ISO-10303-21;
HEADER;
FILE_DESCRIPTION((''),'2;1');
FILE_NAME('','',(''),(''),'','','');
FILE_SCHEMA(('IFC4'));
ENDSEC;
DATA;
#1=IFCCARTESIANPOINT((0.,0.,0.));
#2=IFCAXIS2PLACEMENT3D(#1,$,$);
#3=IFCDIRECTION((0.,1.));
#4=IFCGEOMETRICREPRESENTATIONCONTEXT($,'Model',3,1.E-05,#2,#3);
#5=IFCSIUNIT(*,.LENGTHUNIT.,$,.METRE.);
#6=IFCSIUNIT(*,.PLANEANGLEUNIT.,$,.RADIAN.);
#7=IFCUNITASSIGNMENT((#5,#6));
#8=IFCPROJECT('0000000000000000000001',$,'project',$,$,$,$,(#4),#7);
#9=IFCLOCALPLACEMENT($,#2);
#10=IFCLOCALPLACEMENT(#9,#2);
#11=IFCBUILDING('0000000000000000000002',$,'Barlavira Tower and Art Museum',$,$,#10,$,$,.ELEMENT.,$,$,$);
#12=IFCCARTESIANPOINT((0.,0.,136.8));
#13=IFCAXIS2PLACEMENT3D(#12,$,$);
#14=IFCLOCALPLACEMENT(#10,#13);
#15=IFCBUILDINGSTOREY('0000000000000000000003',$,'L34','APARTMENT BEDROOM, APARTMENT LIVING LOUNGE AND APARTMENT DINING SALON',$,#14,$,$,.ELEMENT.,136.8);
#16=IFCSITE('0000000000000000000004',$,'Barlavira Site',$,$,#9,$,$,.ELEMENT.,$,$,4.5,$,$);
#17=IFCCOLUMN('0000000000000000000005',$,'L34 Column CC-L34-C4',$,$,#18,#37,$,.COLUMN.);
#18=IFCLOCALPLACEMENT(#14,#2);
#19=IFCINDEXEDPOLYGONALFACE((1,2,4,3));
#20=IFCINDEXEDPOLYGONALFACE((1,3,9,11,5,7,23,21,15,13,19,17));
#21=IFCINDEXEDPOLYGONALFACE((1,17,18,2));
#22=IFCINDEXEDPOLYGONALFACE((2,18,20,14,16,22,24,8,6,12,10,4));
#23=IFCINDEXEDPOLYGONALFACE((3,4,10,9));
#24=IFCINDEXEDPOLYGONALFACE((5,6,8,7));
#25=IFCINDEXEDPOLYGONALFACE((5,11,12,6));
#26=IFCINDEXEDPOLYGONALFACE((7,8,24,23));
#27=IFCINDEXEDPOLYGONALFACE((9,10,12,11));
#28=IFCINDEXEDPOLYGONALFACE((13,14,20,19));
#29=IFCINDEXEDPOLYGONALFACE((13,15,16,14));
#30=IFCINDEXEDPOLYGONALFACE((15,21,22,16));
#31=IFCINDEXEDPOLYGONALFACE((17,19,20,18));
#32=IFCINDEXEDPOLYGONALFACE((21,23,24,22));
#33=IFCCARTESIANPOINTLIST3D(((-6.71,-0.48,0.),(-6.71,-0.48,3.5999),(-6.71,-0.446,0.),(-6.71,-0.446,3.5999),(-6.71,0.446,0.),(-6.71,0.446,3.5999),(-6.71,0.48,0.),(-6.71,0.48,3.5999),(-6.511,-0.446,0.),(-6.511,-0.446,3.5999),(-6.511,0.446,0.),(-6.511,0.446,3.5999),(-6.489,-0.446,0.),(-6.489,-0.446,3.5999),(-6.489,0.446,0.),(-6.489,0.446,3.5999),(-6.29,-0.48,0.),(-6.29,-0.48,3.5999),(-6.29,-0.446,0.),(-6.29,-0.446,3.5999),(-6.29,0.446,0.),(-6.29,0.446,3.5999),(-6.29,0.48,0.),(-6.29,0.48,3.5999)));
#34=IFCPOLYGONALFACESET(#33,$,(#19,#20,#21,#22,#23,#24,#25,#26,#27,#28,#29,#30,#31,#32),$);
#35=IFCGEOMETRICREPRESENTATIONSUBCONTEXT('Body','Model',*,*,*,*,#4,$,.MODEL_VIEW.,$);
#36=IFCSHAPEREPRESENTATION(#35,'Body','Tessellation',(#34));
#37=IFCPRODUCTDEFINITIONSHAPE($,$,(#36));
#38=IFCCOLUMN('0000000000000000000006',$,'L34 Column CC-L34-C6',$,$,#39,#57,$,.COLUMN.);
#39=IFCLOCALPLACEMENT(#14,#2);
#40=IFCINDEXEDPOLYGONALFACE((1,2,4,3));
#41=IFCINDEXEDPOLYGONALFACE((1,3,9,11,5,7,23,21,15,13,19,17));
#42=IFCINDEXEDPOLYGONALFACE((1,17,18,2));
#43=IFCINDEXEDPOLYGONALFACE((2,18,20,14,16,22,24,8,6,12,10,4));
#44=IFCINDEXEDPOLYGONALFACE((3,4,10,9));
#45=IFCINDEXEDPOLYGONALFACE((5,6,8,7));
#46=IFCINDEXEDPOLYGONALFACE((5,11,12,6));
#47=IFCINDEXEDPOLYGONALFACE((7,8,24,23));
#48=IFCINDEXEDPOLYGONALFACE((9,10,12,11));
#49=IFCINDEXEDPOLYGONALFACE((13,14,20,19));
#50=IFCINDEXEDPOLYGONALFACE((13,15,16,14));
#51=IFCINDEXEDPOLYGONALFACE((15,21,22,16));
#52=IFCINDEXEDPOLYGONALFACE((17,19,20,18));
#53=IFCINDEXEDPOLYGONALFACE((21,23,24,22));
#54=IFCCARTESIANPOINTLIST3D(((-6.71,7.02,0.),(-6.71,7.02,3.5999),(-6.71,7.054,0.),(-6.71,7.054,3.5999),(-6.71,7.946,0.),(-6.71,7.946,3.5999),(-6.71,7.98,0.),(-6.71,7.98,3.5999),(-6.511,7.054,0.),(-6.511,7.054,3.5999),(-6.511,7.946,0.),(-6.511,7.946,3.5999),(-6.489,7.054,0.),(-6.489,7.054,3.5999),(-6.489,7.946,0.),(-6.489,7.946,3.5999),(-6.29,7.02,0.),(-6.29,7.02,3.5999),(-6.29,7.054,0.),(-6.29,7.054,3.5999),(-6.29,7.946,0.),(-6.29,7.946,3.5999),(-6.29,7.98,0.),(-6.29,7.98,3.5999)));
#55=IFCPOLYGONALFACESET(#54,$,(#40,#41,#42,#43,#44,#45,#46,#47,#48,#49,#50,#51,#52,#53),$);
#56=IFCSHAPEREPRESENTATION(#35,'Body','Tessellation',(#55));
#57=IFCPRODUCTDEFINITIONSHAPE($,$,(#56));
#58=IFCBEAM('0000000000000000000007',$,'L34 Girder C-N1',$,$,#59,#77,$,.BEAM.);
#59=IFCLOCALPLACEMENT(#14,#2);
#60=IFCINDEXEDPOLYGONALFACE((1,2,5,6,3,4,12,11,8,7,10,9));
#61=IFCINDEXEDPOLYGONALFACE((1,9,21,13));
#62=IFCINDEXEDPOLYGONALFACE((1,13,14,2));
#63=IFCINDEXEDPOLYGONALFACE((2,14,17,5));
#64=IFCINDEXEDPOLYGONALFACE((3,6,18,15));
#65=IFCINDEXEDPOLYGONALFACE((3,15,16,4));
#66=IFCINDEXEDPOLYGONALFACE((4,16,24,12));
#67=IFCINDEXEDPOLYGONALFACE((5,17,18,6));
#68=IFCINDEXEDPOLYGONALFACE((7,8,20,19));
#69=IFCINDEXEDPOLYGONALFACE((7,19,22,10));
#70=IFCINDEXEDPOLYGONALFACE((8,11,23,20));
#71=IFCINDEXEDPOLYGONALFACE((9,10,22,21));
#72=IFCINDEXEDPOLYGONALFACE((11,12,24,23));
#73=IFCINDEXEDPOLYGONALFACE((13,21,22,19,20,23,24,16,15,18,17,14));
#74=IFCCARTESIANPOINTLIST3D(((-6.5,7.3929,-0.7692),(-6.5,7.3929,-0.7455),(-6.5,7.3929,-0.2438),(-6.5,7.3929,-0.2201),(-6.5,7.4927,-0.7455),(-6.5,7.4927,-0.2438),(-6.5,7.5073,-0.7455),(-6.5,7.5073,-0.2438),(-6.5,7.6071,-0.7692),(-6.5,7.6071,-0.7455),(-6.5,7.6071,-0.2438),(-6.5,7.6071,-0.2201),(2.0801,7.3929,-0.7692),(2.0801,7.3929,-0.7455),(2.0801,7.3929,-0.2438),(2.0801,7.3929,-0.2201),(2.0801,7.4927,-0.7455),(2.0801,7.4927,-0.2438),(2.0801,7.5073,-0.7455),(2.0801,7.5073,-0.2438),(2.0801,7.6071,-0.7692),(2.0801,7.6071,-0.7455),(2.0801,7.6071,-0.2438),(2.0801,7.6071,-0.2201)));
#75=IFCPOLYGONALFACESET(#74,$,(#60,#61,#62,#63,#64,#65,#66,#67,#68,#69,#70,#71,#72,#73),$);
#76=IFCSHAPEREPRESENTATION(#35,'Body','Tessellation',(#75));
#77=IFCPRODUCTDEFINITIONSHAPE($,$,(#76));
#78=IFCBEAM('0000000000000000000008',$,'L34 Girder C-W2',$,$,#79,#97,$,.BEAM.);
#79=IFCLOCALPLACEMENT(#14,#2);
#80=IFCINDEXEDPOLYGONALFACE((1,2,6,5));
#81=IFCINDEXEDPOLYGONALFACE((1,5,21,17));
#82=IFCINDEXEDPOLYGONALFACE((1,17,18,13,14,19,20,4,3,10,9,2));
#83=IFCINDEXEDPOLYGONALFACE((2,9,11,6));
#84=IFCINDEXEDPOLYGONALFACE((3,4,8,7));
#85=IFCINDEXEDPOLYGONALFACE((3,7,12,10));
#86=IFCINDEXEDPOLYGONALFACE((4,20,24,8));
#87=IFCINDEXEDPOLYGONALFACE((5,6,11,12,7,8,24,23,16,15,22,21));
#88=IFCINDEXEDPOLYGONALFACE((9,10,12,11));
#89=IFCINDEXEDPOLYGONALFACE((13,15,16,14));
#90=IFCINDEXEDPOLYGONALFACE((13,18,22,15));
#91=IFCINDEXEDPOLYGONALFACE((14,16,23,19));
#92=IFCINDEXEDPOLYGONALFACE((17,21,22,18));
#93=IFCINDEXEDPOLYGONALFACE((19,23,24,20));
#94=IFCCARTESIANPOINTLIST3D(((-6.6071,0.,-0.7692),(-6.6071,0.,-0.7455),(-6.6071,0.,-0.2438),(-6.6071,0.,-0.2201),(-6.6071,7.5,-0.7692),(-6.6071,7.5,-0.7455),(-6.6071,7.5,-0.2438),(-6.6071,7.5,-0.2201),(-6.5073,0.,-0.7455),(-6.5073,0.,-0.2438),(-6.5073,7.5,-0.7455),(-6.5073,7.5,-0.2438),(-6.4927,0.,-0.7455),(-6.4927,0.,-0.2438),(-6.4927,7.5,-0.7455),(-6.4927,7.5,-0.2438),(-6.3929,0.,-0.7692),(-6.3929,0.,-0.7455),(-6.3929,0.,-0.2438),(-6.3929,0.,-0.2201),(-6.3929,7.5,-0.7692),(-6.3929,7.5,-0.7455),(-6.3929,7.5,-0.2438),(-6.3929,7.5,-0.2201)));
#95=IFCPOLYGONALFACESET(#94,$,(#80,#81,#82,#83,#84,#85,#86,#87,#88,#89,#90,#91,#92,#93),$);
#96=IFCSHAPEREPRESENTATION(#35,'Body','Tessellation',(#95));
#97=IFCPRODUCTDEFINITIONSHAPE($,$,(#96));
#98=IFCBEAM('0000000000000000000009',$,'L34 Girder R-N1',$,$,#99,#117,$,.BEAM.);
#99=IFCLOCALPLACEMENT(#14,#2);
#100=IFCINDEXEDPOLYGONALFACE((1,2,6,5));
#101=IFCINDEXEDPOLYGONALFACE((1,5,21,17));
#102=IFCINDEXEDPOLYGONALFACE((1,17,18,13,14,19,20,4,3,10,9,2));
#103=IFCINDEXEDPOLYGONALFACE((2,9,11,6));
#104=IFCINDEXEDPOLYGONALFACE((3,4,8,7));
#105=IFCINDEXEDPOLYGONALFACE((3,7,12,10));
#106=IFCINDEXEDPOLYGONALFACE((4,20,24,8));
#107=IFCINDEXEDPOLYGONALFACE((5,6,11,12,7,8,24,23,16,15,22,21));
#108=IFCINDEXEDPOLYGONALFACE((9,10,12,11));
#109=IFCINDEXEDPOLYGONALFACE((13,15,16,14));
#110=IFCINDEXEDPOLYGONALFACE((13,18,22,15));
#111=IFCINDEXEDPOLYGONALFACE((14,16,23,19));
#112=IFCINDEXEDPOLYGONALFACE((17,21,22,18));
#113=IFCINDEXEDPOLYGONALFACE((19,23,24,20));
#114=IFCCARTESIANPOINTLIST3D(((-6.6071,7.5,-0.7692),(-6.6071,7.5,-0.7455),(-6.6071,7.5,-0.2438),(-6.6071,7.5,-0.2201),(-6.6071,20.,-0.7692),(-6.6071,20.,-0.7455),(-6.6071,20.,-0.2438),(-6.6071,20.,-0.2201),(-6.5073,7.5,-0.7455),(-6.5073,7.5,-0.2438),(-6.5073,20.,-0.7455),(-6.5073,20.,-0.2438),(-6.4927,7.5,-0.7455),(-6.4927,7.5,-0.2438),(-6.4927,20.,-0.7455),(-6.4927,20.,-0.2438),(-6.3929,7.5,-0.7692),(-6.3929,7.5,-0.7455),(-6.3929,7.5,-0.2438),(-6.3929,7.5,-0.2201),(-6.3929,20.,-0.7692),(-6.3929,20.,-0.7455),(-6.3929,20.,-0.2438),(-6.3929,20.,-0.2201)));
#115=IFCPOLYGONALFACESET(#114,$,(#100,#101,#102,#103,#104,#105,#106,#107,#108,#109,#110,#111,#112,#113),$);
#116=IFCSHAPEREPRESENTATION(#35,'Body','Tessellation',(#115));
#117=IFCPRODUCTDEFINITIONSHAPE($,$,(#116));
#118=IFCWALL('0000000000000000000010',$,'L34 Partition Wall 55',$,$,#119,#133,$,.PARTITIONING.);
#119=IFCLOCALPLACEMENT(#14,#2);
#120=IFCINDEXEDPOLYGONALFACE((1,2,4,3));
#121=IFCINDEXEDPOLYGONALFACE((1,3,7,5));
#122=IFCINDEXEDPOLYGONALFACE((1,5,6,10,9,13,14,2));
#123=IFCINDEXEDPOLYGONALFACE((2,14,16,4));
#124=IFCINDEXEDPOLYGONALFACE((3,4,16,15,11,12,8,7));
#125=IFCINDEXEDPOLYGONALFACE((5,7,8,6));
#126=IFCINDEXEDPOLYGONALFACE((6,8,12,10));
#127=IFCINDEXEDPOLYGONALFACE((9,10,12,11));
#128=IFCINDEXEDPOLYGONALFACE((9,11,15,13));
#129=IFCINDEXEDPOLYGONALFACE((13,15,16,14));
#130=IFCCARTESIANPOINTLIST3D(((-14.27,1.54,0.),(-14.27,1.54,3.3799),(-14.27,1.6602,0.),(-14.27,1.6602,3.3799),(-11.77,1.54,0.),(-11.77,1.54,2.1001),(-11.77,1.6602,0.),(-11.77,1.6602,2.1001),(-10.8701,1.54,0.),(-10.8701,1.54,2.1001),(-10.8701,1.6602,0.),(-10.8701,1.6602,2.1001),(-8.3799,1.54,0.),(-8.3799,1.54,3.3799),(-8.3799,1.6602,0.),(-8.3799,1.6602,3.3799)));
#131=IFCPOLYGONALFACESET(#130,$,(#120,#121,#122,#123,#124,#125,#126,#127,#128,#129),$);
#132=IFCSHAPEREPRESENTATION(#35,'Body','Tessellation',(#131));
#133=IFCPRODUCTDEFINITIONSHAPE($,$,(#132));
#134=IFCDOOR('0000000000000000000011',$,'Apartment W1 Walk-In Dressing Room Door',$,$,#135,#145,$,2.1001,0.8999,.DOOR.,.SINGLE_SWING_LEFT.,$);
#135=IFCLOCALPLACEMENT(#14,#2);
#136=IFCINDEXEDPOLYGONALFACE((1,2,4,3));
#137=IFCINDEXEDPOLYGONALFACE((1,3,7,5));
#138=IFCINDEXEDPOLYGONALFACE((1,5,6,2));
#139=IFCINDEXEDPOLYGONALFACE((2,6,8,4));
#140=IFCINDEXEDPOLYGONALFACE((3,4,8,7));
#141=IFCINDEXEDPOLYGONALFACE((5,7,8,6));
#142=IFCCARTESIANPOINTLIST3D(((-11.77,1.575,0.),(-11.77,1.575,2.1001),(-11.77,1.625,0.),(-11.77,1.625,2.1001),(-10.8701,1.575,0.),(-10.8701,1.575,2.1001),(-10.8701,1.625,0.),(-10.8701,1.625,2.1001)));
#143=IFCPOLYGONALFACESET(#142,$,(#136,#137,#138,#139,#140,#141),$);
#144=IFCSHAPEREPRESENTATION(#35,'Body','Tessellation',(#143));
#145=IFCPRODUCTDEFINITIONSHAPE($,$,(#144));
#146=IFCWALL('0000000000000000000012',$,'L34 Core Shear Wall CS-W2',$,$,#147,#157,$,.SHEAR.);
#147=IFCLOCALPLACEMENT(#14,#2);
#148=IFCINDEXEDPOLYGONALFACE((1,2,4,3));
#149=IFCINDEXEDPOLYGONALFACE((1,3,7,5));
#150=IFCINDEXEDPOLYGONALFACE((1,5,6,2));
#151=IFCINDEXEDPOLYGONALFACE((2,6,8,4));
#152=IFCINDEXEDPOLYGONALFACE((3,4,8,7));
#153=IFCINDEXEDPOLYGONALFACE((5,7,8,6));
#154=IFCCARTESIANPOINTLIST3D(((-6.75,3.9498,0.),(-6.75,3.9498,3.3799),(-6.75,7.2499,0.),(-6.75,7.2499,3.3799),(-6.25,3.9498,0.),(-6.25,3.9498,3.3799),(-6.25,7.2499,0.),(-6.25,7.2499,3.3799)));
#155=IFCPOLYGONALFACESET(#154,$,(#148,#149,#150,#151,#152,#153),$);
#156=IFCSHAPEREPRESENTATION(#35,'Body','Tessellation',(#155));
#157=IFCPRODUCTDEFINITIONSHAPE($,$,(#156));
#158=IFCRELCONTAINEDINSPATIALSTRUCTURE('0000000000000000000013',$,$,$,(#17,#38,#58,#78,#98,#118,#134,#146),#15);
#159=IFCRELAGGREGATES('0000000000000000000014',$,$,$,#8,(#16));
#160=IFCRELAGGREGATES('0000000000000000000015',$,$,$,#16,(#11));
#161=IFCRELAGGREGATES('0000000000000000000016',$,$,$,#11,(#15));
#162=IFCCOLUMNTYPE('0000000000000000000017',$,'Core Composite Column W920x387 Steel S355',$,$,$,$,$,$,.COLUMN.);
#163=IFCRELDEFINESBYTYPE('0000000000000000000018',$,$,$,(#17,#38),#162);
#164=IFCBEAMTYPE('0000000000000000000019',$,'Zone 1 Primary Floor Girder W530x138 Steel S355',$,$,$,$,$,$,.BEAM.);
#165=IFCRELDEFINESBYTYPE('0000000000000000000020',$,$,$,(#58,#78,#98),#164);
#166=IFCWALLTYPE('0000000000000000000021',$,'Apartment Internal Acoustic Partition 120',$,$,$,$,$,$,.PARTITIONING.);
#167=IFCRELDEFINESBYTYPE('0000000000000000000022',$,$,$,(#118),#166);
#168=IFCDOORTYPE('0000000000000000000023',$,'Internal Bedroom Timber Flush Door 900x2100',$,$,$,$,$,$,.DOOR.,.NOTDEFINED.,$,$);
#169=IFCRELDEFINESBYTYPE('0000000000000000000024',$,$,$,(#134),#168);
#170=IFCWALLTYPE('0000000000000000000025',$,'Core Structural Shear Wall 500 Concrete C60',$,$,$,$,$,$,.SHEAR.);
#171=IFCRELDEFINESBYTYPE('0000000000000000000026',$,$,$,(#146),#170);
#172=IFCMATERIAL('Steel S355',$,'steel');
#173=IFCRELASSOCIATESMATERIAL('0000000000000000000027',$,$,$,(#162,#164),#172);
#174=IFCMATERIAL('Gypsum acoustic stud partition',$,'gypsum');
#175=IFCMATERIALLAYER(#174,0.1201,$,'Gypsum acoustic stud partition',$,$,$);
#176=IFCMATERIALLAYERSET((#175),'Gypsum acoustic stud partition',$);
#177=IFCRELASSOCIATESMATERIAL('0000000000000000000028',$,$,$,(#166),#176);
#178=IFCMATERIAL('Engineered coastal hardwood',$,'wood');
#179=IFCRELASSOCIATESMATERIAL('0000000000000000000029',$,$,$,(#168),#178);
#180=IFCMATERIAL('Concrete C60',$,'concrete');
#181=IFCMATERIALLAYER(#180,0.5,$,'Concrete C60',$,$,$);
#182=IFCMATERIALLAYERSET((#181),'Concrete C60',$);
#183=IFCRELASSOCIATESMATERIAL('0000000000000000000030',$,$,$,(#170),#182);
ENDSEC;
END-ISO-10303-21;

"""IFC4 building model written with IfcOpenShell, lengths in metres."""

from ifc_helpers import new_model, si_unit, direction, frame, frame_2d, origin, origin_2d, place, context, subcontext, project, spatial, rectangle, i_section, extrude, material, layer, layer_set, material_profile, profile_set, type_object, element, fill, save


model = new_model("IFC4")

# Units and contexts
model_context = context("Model", 3, precision=1e-05, world=origin(), true_north=direction((0.0, 1.0)))
body_context = subcontext(model_context, "Body", "Model", "MODEL_VIEW")
ifc_project = project(units=[si_unit("LENGTHUNIT", "METRE"), si_unit("PLANEANGLEUNIT", "RADIAN")], contexts=[model_context])

# Site, building, storey
site_placement = place(None, origin())
site = spatial("IfcSite", under=ifc_project, at=site_placement, Name="Barlavira Site", CompositionType="ELEMENT", RefElevation=4.5)
building_placement = place(site_placement, origin())
building = spatial("IfcBuilding", under=site, at=building_placement, Name="Barlavira Tower and Art Museum", CompositionType="ELEMENT")
storey_placement = place(building_placement, frame((0.0, 0.0, 136.8)))
storey = spatial("IfcBuildingStorey", under=building, at=storey_placement, Name="L34", Description="APARTMENT BEDROOM, APARTMENT LIVING LOUNGE AND APARTMENT DINING SALON", CompositionType="ELEMENT", Elevation=136.8)

# Columns
ifc_material_1 = material(Name="Steel S355", Category="steel")
ifc_material_profile_1 = material_profile(ifc_material_1, i_section(OverallWidth=0.4199, OverallDepth=0.96, WebThickness=0.022, FlangeThickness=0.0339, at=origin_2d()), Name="W920x387.0")
ifc_profile_set_1 = profile_set([ifc_material_profile_1], Name="Steel S355")
column_type = type_object("IfcColumnType", Name="Core Composite Column W920x387 Steel S355", PredefinedType="COLUMN", material=ifc_profile_set_1)
for number, where, z_axis, x_axis, name in (
    (1, (-6.5, 0.0, 0.0), (0.0, 0.0, 1.0), (1.0, 0.0, 0.0), "L34 Column CC-L34-C4"),
    (2, (-6.5, 7.5, 0.0), (0.0, 0.0, 1.0), (1.0, 0.0, 0.0), "L34 Column CC-L34-C6"),
):
    element("IfcColumn", number, at=place(storey_placement, frame(where, z_axis=z_axis, x_axis=x_axis)), inside=storey, type_object=column_type, Name=name, PredefinedType="COLUMN", context=body_context, shape_type="SweptSolid", body=[
        extrude(i_section(OverallWidth=0.4199, OverallDepth=0.96, WebThickness=0.022, FlangeThickness=0.0339, at=origin_2d()), origin(), (0.0, 0.0, 1.0), 3.5999),
    ])

# Beams
ifc_material_profile_2 = material_profile(ifc_material_1, i_section(OverallWidth=0.2141, OverallDepth=0.5491, WebThickness=0.0146, FlangeThickness=0.0237, at=origin_2d()), Name="W530x138.0")
ifc_profile_set_2 = profile_set([ifc_material_profile_2], Name="Steel S355")
beam_type = type_object("IfcBeamType", Name="Zone 1 Primary Floor Girder W530x138 Steel S355", PredefinedType="BEAM", material=ifc_profile_set_2)
beam_1_placement = place(storey_placement, frame((-6.5, 7.5, -0.4946), z_axis=(1.0, 0.0, 0.0), x_axis=(0.0, 1.0, 0.0)))
element("IfcBeam", 3, at=beam_1_placement, inside=storey, type_object=beam_type, Name="L34 Girder C-N1", PredefinedType="BEAM", context=body_context, shape_type="SweptSolid", body=[
    extrude(i_section(OverallWidth=0.2141, OverallDepth=0.5491, WebThickness=0.0146, FlangeThickness=0.0237, at=origin_2d()), origin(), (0.0, 0.0, 1.0), 8.5801),
])
beam_2_placement = place(storey_placement, frame((-6.5, 0.0, -0.4946), z_axis=(0.0, 1.0, 0.0), x_axis=(-1.0, 0.0, 0.0)))
element("IfcBeam", 4, at=beam_2_placement, inside=storey, type_object=beam_type, Name="L34 Girder C-W2", PredefinedType="BEAM", context=body_context, shape_type="SweptSolid", body=[
    extrude(i_section(OverallWidth=0.2141, OverallDepth=0.5491, WebThickness=0.0146, FlangeThickness=0.0237, at=origin_2d()), origin(), (0.0, 0.0, 1.0), 7.5),
])
beam_3_placement = place(storey_placement, frame((-6.5, 7.5, -0.4946), z_axis=(0.0, 1.0, 0.0), x_axis=(-1.0, 0.0, 0.0)))
element("IfcBeam", 5, at=beam_3_placement, inside=storey, type_object=beam_type, Name="L34 Girder R-N1", PredefinedType="BEAM", context=body_context, shape_type="SweptSolid", body=[
    extrude(i_section(OverallWidth=0.2141, OverallDepth=0.5491, WebThickness=0.0146, FlangeThickness=0.0237, at=origin_2d()), origin(), (0.0, 0.0, 1.0), 12.5),
])

# Wall, opening, door
ifc_material_2 = material(Name="Gypsum acoustic stud partition", Category="gypsum")
ifc_layer_1 = layer(ifc_material_2, 0.1201, Name="Gypsum acoustic stud partition")
ifc_layer_set_1 = layer_set([ifc_layer_1], Name="Gypsum acoustic stud partition")
wall_type_1 = type_object("IfcWallType", Name="Apartment Internal Acoustic Partition 120", PredefinedType="PARTITIONING", material=ifc_layer_set_1)
wall_1_placement = place(storey_placement, frame((-14.27, 1.6001, 0.0), z_axis=(0.0, 0.0, 1.0), x_axis=(1.0, 0.0, 0.0)))
wall_1 = element("IfcWall", 6, at=wall_1_placement, inside=storey, type_object=wall_type_1, Name="L34 Partition Wall 55", PredefinedType="PARTITIONING", context=body_context, shape_type="SweptSolid", body=[
    extrude(rectangle(XDim=5.8901, YDim=0.1201, at=frame_2d((2.9451, 0.0))), origin(), (0.0, 0.0, 1.0), 3.3799),
])
opening_1_placement = place(wall_1_placement, frame((2.5, 0.0, 0.0)))
opening_1 = element("IfcOpeningElement", 7, at=opening_1_placement, cuts=wall_1, PredefinedType="OPENING", context=body_context, shape_type="SweptSolid", body=[
    extrude(rectangle(XDim=0.8999, YDim=2.1001, at=frame_2d((0.45, 1.05))), frame((0.0, 0.0701, 0.0), z_axis=(0.0, -1.0, 0.0), x_axis=(1.0, 0.0, 0.0)), (0.0, 0.0, 1.0), 0.1401),
])
ifc_material_3 = material(Name="Engineered coastal hardwood", Category="wood")
door_type_1 = type_object("IfcDoorType", Name="Internal Bedroom Timber Flush Door 900x2100", OperationType="NOTDEFINED", PredefinedType="DOOR", material=ifc_material_3)
door_1_placement = place(opening_1_placement, origin())
door_1 = element("IfcDoor", 8, at=door_1_placement, inside=storey, type_object=door_type_1, Name="Apartment W1 Walk-In Dressing Room Door", OperationType="SINGLE_SWING_LEFT", OverallHeight=2.1001, OverallWidth=0.8999, PredefinedType="DOOR", context=body_context, shape_type="SweptSolid", body=[
    extrude(rectangle(XDim=0.8999, YDim=2.1001, at=frame_2d((0.45, 1.05))), frame((0.0, 0.0249, 0.0), z_axis=(0.0, -1.0, 0.0), x_axis=(1.0, 0.0, 0.0)), (0.0, 0.0, 1.0), 0.05),
])
fill(opening_1, door_1)
ifc_material_4 = material(Name="Concrete C60", Category="concrete")
ifc_layer_2 = layer(ifc_material_4, 0.5, Name="Concrete C60")
ifc_layer_set_2 = layer_set([ifc_layer_2], Name="Concrete C60")
wall_type_2 = type_object("IfcWallType", Name="Core Structural Shear Wall 500 Concrete C60", PredefinedType="SHEAR", material=ifc_layer_set_2)

# Wall
wall_2_placement = place(storey_placement, frame((-6.5, 3.95, 0.0), z_axis=(0.0, 0.0, 1.0), x_axis=(0.0, 1.0, 0.0)))
element("IfcWall", 9, at=wall_2_placement, inside=storey, type_object=wall_type_2, Name="L34 Core Shear Wall CS-W2", PredefinedType="SHEAR", context=body_context, shape_type="SweptSolid", body=[
    extrude(rectangle(XDim=3.3, YDim=0.5, at=frame_2d((1.6499, 0.0))), origin(), (0.0, 0.0, 1.0), 3.3799),
])

save(model, "model.ifc")
